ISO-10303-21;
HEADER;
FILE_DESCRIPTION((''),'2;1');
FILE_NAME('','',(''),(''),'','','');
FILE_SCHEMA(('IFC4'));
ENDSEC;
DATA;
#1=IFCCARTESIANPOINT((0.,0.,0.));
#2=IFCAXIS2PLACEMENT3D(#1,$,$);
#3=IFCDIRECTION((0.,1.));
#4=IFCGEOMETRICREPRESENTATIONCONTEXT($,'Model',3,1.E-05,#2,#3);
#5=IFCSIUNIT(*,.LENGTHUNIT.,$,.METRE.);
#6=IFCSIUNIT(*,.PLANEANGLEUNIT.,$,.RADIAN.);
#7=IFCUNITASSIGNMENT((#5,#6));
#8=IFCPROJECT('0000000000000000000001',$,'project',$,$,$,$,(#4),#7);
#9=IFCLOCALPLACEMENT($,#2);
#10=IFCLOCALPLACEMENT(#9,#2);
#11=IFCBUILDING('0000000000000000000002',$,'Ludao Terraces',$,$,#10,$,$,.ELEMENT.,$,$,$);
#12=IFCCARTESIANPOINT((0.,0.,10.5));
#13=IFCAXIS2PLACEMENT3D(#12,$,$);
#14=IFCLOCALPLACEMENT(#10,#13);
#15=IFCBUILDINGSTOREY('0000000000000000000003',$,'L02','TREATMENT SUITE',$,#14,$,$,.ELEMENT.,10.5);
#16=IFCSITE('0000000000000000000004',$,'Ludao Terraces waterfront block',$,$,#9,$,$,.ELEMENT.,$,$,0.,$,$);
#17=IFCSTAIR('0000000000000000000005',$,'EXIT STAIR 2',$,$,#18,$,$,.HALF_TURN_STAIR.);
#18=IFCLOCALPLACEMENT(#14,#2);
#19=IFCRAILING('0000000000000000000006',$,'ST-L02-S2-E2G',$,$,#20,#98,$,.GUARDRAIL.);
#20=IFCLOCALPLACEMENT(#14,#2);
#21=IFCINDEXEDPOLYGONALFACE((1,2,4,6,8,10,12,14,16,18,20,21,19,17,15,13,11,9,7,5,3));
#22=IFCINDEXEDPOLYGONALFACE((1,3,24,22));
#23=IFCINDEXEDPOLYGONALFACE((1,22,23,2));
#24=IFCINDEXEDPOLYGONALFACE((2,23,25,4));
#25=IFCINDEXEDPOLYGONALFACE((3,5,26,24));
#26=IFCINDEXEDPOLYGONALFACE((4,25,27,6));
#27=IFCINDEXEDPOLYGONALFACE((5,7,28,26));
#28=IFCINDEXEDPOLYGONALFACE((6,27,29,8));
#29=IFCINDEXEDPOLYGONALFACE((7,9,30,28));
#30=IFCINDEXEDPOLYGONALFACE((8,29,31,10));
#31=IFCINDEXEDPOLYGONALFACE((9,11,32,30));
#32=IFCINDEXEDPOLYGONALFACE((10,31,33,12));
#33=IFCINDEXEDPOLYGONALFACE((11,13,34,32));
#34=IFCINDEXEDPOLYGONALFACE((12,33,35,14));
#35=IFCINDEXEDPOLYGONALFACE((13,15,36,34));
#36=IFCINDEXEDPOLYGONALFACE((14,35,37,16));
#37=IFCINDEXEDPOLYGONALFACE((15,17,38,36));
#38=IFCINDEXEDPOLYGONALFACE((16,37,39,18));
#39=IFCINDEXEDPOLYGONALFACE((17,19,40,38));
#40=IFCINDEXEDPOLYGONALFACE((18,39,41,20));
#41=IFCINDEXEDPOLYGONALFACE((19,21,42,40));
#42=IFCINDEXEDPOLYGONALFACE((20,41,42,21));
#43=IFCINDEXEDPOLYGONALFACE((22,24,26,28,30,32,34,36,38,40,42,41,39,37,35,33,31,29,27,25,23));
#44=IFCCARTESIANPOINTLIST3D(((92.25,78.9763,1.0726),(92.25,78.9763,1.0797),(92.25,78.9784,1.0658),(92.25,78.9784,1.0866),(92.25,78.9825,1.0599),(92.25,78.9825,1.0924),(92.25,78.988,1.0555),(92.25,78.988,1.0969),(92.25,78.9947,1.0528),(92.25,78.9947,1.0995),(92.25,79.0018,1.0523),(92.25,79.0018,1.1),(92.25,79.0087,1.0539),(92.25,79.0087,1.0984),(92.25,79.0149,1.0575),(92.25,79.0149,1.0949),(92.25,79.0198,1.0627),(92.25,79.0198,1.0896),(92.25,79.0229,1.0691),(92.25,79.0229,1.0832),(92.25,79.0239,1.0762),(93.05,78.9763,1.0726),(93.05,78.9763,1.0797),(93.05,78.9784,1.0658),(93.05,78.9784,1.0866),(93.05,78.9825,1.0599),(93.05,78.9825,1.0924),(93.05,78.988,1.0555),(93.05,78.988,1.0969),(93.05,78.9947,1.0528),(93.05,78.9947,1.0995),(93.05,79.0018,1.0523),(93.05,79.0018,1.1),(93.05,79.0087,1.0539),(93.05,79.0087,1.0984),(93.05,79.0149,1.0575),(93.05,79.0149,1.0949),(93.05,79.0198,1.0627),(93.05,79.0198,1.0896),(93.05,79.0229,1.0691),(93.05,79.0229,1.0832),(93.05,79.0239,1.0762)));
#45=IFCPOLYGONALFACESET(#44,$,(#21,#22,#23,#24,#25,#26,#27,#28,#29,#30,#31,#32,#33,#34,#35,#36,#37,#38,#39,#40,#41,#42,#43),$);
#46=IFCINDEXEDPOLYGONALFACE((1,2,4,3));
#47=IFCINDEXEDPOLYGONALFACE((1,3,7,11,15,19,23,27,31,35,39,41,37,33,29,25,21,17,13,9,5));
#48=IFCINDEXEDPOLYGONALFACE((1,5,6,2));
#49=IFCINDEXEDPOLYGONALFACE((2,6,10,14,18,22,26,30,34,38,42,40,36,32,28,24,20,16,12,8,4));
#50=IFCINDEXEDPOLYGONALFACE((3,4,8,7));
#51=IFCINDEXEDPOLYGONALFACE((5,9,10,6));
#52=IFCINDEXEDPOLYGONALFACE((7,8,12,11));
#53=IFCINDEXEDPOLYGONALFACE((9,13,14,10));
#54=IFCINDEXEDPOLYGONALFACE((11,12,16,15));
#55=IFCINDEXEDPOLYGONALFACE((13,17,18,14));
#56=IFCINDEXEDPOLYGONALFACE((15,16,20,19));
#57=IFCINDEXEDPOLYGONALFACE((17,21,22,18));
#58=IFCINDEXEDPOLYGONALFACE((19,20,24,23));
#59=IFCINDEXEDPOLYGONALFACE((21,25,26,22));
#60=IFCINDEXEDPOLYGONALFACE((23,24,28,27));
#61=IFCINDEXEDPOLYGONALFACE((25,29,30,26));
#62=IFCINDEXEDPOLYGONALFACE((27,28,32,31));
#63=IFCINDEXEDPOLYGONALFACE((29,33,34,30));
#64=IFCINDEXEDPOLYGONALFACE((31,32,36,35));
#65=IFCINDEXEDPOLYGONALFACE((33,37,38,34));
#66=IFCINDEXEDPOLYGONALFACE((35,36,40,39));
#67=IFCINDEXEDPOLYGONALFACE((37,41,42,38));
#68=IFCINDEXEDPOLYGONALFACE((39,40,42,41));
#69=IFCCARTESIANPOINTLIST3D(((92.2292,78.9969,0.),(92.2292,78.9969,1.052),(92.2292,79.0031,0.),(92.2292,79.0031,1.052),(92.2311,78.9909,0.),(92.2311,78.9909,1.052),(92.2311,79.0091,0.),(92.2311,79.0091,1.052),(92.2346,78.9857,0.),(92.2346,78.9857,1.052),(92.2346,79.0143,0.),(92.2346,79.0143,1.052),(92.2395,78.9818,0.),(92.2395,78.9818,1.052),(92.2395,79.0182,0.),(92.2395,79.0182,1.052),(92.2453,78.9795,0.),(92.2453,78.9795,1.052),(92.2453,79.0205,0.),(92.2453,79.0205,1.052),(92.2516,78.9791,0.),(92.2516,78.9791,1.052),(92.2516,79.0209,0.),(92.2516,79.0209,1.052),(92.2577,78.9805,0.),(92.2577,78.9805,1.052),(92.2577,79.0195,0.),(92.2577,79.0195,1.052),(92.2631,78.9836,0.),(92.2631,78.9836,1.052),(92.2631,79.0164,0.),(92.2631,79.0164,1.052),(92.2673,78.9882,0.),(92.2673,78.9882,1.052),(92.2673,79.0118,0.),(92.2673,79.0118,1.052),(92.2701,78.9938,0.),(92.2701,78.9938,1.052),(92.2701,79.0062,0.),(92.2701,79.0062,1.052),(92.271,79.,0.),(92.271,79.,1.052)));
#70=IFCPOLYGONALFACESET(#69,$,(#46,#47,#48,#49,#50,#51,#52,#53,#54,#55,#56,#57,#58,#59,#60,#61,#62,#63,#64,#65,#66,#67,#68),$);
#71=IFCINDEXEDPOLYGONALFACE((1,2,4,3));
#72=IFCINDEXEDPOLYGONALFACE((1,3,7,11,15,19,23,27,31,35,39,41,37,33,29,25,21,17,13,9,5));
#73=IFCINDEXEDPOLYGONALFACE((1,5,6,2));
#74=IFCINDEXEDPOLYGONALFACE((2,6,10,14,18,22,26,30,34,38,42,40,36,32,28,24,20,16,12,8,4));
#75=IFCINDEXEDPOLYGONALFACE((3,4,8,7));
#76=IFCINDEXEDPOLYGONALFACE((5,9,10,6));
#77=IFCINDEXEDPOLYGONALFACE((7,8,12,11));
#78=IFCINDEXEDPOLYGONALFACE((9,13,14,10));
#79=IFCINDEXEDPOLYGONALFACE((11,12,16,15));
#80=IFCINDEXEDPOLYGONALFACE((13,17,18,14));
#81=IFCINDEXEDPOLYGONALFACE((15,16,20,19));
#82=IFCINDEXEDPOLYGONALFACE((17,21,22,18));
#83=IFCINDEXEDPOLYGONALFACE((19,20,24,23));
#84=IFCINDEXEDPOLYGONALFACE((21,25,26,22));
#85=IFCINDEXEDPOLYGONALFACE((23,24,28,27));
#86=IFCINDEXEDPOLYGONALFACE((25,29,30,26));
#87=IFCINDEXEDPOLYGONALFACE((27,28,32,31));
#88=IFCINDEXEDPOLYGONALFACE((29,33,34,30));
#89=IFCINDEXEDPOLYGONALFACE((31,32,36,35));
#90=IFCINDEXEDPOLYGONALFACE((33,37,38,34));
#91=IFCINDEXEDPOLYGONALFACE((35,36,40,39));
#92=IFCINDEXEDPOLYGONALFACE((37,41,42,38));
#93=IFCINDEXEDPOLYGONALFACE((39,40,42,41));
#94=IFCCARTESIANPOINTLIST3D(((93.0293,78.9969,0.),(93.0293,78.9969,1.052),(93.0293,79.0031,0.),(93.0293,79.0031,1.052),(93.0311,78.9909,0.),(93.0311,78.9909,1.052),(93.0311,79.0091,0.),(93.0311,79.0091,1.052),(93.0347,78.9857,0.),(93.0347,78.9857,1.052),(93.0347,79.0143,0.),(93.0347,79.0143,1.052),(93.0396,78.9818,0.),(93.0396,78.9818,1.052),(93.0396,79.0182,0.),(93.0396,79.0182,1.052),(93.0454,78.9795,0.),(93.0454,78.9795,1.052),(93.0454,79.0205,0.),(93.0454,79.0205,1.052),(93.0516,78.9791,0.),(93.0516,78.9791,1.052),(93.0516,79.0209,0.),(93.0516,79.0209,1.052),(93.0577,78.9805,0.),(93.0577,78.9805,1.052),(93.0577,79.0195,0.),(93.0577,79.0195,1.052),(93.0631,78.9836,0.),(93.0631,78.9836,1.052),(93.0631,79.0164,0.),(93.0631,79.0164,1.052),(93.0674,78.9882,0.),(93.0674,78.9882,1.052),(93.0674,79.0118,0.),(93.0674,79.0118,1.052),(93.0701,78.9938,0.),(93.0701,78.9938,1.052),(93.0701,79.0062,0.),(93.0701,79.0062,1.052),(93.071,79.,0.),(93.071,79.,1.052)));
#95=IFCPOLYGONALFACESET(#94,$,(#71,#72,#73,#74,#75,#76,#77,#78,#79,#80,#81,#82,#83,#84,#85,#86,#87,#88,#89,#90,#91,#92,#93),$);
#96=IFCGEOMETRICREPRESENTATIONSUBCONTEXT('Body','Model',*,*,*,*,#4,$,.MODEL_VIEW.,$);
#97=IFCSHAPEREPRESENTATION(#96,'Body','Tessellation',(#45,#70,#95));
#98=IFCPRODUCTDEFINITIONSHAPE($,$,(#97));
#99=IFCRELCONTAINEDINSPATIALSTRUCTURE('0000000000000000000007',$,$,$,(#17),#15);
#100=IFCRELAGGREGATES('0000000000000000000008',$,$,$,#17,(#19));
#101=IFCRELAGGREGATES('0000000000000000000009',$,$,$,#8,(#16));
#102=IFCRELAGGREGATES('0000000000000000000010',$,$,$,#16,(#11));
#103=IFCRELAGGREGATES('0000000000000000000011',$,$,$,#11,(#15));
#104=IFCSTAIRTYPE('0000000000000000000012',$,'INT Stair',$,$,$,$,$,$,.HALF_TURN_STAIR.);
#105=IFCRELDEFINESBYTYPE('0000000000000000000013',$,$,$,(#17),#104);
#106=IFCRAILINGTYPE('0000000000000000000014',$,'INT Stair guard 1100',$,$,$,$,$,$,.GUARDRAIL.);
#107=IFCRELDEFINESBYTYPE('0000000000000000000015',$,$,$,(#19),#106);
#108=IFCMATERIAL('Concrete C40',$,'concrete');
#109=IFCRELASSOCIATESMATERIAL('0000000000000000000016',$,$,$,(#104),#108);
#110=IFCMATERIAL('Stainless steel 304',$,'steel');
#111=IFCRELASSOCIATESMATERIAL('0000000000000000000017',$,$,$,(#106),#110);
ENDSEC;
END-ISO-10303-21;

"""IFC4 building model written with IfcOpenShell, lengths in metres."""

from ifc_helpers import new_model, si_unit, direction, frame, origin, origin_2d, place, context, subcontext, project, spatial, circle, extrude, material, type_object, element, aggregate, save


model = new_model("IFC4")

# Units and contexts
model_context = context("Model", 3, precision=1e-05, world=origin(), true_north=direction((0.0, 1.0)))
body_context = subcontext(model_context, "Body", "Model", "MODEL_VIEW")
ifc_project = project(units=[si_unit("LENGTHUNIT", "METRE"), si_unit("PLANEANGLEUNIT", "RADIAN")], contexts=[model_context])

# Site, building, storey
site_placement = place(None, origin())
site = spatial("IfcSite", under=ifc_project, at=site_placement, Name="Ludao Terraces waterfront block", CompositionType="ELEMENT", RefElevation=0.0)
building_placement = place(site_placement, origin())
building = spatial("IfcBuilding", under=site, at=building_placement, Name="Ludao Terraces", CompositionType="ELEMENT")
storey_placement = place(building_placement, frame((0.0, 0.0, 10.5)))
storey = spatial("IfcBuildingStorey", under=building, at=storey_placement, Name="L02", Description="TREATMENT SUITE", CompositionType="ELEMENT", Elevation=10.5)

# Shared definitions
ifc_material_1 = material(Name="Concrete C40", Category="concrete")

# Shared definitions
ifc_material_2 = material(Name="Stainless steel 304", Category="steel")

# Stair, railing
stair_type = type_object("IfcStairType", Name="INT Stair", PredefinedType="HALF_TURN_STAIR", material=ifc_material_1)
stair_placement = place(storey_placement, origin())
stair = element("IfcStair", 1, at=stair_placement, inside=storey, type_object=stair_type, Name="EXIT STAIR 2", PredefinedType="HALF_TURN_STAIR")
railing_type_1 = type_object("IfcRailingType", Name="INT Stair guard 1100", PredefinedType="GUARDRAIL", material=ifc_material_2)
railing_1_placement = place(storey_placement, frame((92.25, 79.0, 0.0)))
railing_1 = element("IfcRailing", 2, at=railing_1_placement, type_object=railing_type_1, Name="ST-L02-S2-E2G", PredefinedType="GUARDRAIL", context=body_context, shape_type="SweptSolid", body=[
    extrude(circle(Radius=0.0239, at=origin_2d()), frame((0.0, 0.0, 1.0762), z_axis=(1.0, 0.0, 0.0), x_axis=(0.0, 1.0, 0.0)), (0.0, 0.0, 1.0), 0.8),
    extrude(circle(Radius=0.021, at=origin_2d()), origin(), (0.0, 0.0, 1.0), 1.052),
    extrude(circle(Radius=0.021, at=origin_2d()), frame((0.8, 0.0, 0.0)), (0.0, 0.0, 1.0), 1.052),
])
aggregate(stair, [railing_1])

save(model, "model.ifc")
